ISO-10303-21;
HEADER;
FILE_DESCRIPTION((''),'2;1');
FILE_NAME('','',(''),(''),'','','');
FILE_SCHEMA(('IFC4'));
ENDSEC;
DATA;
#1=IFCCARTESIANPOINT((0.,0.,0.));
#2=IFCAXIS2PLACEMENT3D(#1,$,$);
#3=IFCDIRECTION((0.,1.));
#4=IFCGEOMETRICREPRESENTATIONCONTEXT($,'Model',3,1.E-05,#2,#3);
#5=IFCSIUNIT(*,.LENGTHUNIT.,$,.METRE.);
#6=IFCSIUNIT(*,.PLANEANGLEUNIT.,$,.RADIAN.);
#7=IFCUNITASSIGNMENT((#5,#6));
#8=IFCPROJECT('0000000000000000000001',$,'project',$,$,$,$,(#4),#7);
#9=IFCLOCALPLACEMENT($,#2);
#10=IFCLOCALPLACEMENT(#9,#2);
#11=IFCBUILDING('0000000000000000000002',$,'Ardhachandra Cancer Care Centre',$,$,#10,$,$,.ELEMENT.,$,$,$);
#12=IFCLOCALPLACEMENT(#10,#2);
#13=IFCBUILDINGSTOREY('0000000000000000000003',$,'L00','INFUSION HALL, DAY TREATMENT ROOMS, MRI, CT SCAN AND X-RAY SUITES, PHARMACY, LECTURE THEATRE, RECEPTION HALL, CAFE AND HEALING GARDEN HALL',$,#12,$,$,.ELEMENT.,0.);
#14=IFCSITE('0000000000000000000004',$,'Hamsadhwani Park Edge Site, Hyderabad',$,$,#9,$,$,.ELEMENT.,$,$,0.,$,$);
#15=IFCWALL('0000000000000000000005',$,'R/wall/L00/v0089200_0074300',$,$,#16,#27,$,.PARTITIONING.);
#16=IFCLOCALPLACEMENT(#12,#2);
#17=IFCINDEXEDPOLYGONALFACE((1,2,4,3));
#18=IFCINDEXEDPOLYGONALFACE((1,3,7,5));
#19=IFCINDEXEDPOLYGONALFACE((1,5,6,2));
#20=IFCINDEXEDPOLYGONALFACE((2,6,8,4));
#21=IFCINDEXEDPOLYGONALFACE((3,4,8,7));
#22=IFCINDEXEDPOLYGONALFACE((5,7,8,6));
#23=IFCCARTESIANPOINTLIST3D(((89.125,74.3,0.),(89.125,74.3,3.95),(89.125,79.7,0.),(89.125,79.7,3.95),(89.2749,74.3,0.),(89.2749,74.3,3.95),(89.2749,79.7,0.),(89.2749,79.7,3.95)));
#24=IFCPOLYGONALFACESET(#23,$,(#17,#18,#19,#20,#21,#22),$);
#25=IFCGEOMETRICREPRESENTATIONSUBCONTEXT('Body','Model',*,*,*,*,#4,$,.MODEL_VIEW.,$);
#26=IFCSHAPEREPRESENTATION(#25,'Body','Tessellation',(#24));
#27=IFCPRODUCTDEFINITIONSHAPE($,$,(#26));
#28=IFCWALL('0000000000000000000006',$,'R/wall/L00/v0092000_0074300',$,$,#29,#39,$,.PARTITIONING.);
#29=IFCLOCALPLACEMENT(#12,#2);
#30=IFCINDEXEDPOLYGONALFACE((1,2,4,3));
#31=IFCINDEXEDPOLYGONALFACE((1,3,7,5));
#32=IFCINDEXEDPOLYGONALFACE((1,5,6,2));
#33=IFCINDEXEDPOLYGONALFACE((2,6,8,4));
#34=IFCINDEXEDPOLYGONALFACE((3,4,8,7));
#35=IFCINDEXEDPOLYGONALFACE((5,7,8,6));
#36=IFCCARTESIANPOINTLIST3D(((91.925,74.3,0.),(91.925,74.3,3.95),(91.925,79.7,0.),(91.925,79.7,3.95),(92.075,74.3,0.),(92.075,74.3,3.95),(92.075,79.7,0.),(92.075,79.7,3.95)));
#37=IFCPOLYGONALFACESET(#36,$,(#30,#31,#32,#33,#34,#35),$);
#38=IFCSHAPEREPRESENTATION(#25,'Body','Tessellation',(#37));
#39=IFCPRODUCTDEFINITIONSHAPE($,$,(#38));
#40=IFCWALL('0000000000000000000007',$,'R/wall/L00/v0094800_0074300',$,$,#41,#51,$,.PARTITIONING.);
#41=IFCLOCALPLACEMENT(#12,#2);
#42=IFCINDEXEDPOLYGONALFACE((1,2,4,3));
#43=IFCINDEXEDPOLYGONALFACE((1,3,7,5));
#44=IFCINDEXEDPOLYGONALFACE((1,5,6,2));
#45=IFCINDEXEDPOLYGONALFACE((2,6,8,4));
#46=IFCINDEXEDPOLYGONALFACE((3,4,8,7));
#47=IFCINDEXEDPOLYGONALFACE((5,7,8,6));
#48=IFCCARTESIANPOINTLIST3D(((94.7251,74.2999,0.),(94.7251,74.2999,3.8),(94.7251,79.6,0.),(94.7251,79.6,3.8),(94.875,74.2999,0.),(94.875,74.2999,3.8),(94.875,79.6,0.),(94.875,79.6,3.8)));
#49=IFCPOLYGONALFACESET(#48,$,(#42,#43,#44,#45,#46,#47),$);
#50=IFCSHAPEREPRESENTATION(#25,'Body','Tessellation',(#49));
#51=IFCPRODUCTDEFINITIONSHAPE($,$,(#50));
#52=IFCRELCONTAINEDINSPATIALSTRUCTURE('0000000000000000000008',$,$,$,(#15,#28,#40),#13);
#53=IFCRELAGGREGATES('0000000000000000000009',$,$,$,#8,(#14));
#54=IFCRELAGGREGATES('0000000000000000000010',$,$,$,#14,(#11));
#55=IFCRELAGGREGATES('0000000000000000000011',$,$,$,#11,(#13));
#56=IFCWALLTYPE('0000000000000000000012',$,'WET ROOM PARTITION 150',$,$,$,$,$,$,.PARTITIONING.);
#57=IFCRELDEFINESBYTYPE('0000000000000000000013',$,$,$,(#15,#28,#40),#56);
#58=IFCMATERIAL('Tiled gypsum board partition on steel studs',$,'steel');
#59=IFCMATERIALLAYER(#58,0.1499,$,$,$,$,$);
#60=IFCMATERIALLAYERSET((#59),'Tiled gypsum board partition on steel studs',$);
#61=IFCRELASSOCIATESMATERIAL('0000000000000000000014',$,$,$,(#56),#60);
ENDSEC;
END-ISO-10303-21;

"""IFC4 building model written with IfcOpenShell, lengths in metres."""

from ifc_helpers import new_model, si_unit, direction, frame, frame_2d, origin, place, context, subcontext, project, spatial, rectangle, extrude, material, layer, layer_set, type_object, element, save


model = new_model("IFC4")

# Units and contexts
model_context = context("Model", 3, precision=1e-05, world=origin(), true_north=direction((0.0, 1.0)))
body_context = subcontext(model_context, "Body", "Model", "MODEL_VIEW")
ifc_project = project(units=[si_unit("LENGTHUNIT", "METRE"), si_unit("PLANEANGLEUNIT", "RADIAN")], contexts=[model_context])

# Site, building, storey
site_placement = place(None, origin())
site = spatial("IfcSite", under=ifc_project, at=site_placement, Name="Hamsadhwani Park Edge Site, Hyderabad", CompositionType="ELEMENT", RefElevation=0.0)
building_placement = place(site_placement, origin())
building = spatial("IfcBuilding", under=site, at=building_placement, Name="Ardhachandra Cancer Care Centre", CompositionType="ELEMENT")
storey_placement = place(building_placement, origin())
storey = spatial("IfcBuildingStorey", under=building, at=storey_placement, Name="L00", Description="INFUSION HALL, DAY TREATMENT ROOMS, MRI, CT SCAN AND X-RAY SUITES, PHARMACY, LECTURE THEATRE, RECEPTION HALL, CAFE AND HEALING GARDEN HALL", CompositionType="ELEMENT", Elevation=0.0)

# Walls
ifc_material_1 = material(Name="Tiled gypsum board partition on steel studs", Category="steel")
ifc_layer_1 = layer(ifc_material_1, 0.1499)
ifc_layer_set_1 = layer_set([ifc_layer_1], Name="Tiled gypsum board partition on steel studs")
wall_type_1 = type_object("IfcWallType", Name="WET ROOM PARTITION 150", PredefinedType="PARTITIONING", material=ifc_layer_set_1)
for number, where, z_axis, x_axis, name in (
    (1, (89.2, 74.3, 0.0), (0.0, 0.0, 1.0), (0.0, 1.0, 0.0), "R/wall/L00/v0089200_0074300"),
    (2, (92.0, 74.3, 0.0), (0.0, 0.0, 1.0), (0.0, 1.0, 0.0), "R/wall/L00/v0092000_0074300"),
):
    element("IfcWall", number, at=place(storey_placement, frame(where, z_axis=z_axis, x_axis=x_axis)), inside=storey, type_object=wall_type_1, Name=name, PredefinedType="PARTITIONING", context=body_context, shape_type="SweptSolid", body=[
        extrude(rectangle(XDim=5.3999, YDim=0.1499, at=frame_2d((2.7, 0.0))), origin(), (0.0, 0.0, 1.0), 3.95),
    ])
wall_1_placement = place(storey_placement, frame((94.8, 74.3, 0.0), z_axis=(0.0, 0.0, 1.0), x_axis=(0.0, 1.0, 0.0)))
element("IfcWall", 3, at=wall_1_placement, inside=storey, type_object=wall_type_1, Name="R/wall/L00/v0094800_0074300", PredefinedType="PARTITIONING", context=body_context, shape_type="SweptSolid", body=[
    extrude(rectangle(XDim=5.3, YDim=0.1499, at=frame_2d((2.6499, 0.0))), origin(), (0.0, 0.0, 1.0), 3.8),
])

save(model, "model.ifc")
